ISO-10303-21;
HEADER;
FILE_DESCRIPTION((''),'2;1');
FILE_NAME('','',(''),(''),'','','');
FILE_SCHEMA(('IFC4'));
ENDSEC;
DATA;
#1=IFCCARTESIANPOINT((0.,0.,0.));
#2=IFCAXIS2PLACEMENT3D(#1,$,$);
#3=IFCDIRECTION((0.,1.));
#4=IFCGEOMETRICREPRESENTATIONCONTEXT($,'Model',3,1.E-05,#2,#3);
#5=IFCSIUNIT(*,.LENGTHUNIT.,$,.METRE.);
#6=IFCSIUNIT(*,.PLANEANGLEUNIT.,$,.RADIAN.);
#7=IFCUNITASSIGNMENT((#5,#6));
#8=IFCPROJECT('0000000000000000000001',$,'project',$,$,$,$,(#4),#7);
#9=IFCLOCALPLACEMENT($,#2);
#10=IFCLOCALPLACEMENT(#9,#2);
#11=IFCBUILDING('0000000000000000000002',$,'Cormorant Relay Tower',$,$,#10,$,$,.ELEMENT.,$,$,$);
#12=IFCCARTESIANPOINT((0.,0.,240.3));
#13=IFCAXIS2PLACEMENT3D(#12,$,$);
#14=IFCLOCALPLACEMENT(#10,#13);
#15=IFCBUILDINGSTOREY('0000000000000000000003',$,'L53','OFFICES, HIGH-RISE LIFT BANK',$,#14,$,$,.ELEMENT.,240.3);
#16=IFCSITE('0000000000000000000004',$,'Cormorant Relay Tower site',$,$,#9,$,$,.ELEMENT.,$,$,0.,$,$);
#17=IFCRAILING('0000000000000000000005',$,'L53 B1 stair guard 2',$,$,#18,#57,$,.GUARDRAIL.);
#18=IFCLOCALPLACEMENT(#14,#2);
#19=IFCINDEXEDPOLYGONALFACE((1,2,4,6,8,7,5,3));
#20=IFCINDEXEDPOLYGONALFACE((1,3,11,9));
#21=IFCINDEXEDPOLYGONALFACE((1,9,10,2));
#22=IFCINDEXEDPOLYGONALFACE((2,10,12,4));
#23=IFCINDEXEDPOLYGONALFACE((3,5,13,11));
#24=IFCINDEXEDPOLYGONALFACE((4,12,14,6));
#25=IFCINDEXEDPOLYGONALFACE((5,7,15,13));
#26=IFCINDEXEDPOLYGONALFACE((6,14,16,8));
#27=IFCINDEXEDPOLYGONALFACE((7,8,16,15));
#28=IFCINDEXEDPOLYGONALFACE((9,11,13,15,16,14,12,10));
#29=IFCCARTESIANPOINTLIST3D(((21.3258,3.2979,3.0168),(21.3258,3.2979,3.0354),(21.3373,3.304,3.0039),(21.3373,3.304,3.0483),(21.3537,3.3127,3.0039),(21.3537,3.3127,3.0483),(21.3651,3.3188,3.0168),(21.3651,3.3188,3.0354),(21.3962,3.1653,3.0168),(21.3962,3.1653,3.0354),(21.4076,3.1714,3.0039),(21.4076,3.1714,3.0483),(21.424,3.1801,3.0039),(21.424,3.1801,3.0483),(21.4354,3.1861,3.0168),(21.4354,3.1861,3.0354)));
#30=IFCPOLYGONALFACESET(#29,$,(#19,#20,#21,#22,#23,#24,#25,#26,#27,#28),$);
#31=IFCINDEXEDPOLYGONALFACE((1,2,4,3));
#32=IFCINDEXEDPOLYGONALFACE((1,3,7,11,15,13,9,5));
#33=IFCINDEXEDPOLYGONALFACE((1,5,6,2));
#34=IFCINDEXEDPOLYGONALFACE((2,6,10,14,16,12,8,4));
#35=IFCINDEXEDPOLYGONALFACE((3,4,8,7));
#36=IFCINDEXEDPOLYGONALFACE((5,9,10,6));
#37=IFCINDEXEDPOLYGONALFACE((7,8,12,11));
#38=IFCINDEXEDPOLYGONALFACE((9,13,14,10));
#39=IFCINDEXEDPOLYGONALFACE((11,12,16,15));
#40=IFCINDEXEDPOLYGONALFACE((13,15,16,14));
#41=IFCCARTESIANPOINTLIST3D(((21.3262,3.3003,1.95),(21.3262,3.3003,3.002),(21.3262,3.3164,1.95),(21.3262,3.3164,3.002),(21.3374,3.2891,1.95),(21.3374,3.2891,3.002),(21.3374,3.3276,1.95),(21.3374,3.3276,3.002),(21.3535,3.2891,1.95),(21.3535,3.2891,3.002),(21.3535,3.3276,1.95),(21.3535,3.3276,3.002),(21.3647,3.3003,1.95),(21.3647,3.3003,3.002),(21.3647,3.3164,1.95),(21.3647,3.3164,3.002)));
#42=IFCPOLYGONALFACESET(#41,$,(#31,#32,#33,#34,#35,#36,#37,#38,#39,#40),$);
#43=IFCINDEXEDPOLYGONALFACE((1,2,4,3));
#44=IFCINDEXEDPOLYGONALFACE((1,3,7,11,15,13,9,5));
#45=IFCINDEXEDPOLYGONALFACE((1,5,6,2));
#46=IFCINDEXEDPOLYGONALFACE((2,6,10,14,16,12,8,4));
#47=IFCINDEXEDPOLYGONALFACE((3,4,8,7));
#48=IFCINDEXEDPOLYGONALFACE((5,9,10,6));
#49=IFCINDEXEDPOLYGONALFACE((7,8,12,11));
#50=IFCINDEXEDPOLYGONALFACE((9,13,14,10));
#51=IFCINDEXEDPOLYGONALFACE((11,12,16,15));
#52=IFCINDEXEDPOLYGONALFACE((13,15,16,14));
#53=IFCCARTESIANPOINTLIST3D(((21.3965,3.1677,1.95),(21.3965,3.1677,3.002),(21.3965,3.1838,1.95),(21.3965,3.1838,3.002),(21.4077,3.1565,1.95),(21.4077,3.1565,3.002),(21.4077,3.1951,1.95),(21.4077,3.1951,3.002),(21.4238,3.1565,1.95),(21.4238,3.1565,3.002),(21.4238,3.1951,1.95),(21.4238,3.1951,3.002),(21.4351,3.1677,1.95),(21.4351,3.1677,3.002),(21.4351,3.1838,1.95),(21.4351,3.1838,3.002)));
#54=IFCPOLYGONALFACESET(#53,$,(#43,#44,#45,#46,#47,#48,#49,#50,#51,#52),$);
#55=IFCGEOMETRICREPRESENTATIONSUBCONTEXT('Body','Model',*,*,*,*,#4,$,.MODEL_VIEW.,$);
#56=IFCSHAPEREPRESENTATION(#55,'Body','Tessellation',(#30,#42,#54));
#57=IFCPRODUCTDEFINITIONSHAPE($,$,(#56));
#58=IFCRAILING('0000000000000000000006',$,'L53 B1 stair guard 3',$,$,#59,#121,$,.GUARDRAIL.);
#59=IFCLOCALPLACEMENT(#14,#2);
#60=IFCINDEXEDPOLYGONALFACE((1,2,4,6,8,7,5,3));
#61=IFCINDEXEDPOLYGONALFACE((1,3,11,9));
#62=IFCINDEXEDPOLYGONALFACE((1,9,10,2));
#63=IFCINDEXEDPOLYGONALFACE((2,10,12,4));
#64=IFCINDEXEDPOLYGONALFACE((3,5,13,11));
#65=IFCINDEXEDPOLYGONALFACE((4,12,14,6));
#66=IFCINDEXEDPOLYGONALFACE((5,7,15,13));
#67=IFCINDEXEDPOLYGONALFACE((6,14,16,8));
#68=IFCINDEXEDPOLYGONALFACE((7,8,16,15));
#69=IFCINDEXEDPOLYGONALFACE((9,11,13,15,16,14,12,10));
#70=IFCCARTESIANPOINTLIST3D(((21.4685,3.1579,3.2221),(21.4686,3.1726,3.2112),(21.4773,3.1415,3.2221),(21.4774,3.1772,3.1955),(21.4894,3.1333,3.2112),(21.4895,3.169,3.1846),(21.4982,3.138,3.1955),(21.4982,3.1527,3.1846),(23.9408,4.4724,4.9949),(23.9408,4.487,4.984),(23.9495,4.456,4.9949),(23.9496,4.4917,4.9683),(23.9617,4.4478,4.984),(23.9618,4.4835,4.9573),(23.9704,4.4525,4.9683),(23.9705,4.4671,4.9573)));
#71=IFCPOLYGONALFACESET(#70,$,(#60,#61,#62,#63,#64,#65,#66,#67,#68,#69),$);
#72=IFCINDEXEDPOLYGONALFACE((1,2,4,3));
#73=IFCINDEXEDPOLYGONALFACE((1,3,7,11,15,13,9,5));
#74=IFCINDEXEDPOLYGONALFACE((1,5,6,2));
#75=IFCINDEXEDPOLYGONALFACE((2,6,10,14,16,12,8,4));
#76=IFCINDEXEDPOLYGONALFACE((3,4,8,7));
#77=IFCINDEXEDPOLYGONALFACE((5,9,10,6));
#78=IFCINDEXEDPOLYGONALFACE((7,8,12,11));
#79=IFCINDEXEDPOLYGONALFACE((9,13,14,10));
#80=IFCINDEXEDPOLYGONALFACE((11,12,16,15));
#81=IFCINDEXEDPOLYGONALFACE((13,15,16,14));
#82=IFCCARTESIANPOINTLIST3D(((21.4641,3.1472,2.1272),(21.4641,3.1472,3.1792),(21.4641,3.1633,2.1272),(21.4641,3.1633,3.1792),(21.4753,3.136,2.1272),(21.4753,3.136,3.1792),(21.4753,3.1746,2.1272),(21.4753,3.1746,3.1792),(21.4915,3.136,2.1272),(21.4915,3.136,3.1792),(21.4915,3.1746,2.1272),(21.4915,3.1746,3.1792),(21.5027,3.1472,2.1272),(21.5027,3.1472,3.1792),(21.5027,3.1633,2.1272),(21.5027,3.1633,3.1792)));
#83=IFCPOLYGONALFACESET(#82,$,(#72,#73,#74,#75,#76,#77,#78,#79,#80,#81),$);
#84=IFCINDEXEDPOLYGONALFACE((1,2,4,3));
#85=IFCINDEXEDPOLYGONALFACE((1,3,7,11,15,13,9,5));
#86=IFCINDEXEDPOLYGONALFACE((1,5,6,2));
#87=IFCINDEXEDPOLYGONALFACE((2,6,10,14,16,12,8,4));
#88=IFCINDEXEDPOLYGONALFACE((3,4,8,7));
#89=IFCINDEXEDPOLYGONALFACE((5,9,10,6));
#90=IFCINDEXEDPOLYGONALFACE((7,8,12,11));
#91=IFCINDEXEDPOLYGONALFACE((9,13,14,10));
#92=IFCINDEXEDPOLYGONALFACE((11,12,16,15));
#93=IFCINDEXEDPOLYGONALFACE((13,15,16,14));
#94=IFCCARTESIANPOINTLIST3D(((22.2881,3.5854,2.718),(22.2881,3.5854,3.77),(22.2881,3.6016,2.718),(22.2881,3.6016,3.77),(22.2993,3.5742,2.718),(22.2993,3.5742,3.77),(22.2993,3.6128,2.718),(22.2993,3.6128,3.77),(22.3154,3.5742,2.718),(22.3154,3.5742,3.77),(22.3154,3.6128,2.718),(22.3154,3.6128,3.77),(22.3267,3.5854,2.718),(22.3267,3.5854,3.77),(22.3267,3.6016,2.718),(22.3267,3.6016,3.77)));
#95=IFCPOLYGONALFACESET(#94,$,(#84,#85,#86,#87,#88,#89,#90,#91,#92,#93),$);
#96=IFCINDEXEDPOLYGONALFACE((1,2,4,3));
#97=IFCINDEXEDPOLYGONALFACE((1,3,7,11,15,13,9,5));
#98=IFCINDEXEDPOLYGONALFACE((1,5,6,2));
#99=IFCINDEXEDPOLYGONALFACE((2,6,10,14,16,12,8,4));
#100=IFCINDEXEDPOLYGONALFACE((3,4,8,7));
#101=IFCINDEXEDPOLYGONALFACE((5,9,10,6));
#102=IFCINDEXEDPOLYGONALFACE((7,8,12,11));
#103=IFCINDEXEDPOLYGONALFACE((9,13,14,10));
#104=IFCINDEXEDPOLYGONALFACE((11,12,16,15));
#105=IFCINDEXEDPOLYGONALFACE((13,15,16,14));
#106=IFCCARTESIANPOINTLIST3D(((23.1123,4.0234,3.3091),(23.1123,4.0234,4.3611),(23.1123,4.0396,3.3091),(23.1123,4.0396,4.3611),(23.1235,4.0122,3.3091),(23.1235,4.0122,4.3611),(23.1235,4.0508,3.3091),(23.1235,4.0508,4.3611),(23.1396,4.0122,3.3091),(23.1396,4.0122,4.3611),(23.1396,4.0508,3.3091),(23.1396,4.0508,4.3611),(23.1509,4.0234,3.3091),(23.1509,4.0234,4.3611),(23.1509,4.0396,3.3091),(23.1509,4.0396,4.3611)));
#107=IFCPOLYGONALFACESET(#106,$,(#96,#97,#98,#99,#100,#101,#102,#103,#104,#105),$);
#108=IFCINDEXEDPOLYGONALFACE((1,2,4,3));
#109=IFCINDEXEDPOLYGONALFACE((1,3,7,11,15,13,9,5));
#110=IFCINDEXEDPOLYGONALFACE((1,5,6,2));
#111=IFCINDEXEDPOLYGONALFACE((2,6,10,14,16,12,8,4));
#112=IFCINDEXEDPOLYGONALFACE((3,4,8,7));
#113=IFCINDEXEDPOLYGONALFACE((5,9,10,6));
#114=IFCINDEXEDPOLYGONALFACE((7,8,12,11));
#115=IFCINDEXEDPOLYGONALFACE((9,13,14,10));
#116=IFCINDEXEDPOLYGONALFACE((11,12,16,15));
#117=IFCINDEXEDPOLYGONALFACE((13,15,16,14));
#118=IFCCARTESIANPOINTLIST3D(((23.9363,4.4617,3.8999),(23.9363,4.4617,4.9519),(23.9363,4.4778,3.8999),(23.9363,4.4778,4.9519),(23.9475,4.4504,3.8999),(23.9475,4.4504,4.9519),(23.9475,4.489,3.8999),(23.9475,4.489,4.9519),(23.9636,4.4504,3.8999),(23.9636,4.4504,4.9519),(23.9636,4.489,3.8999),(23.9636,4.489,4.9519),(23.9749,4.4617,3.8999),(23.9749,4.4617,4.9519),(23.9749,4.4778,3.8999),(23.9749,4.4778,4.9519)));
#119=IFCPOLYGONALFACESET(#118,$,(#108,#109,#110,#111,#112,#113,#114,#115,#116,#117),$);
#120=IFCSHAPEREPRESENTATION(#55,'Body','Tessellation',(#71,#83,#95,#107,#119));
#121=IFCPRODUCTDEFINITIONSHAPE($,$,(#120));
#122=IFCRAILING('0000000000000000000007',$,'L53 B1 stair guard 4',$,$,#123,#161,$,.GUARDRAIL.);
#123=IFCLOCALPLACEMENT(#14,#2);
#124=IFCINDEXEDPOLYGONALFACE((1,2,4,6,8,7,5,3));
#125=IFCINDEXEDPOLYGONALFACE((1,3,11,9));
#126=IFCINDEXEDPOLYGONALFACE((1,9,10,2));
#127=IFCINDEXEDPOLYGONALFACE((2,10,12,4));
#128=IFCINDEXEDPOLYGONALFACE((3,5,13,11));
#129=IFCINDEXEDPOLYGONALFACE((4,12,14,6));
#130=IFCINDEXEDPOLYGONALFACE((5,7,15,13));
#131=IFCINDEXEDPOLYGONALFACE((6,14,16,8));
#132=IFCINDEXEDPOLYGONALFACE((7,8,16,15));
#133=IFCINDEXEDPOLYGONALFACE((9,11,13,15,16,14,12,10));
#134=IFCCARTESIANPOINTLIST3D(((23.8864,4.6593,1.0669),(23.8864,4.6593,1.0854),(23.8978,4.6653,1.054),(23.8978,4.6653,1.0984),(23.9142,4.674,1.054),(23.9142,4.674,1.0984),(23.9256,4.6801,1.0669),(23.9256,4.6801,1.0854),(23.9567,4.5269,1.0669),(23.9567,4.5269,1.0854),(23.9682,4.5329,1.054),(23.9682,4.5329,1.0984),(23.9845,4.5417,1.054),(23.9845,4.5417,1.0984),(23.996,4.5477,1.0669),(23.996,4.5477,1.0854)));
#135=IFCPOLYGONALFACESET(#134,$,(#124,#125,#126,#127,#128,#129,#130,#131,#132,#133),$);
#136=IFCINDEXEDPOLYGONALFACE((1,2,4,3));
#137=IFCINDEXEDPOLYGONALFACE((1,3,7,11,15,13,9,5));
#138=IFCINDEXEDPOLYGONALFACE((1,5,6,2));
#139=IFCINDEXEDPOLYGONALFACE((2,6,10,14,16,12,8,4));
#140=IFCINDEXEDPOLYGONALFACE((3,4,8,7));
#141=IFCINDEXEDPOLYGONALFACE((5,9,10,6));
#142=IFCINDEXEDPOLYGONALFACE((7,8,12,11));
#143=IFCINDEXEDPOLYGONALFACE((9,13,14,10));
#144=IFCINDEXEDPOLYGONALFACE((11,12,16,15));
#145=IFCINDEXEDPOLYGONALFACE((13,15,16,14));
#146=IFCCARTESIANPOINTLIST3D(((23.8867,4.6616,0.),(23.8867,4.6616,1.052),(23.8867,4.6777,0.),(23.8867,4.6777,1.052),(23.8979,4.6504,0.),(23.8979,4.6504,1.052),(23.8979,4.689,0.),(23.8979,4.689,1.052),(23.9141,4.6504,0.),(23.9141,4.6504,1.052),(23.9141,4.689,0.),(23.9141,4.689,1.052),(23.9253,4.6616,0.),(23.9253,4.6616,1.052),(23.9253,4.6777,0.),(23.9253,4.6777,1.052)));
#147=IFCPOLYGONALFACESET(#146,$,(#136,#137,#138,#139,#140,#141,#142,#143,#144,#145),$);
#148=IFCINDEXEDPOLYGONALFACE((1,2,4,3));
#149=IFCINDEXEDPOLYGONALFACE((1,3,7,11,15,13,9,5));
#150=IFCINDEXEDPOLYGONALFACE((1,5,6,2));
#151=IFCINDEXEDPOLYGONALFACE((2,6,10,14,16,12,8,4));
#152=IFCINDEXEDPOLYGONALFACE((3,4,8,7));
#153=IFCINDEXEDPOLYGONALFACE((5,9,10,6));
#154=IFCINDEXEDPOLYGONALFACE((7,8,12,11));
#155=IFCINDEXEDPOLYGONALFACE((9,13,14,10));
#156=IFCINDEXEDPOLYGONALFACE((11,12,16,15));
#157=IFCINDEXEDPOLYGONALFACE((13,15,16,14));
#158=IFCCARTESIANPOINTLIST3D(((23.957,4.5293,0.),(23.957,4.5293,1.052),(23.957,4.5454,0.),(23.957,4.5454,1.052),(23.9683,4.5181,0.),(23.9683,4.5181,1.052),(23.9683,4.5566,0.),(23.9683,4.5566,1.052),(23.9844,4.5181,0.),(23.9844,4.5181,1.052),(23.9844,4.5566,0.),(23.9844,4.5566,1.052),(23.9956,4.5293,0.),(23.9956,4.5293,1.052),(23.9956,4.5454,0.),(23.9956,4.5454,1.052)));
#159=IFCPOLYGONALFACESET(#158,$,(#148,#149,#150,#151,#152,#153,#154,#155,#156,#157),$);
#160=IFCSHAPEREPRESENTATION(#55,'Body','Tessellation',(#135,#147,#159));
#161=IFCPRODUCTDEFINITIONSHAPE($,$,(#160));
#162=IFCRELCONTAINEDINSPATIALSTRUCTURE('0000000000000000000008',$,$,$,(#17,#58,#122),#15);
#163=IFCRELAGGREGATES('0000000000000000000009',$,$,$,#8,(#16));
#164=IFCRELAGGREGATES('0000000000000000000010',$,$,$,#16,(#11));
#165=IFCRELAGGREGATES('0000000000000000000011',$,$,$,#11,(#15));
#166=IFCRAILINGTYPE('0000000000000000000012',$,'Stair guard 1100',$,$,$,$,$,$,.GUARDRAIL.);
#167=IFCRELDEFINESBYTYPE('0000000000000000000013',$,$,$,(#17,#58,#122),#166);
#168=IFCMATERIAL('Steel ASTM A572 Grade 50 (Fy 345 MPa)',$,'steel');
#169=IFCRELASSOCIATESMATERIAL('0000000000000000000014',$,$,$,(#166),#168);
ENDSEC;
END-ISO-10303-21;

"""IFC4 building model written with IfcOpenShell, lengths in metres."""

from ifc_helpers import new_model, si_unit, direction, frame, origin, place, context, subcontext, project, spatial, polyline, outline, extrude, material, type_object, element, save


model = new_model("IFC4")

# Units and contexts
model_context = context("Model", 3, precision=1e-05, world=origin(), true_north=direction((0.0, 1.0)))
body_context = subcontext(model_context, "Body", "Model", "MODEL_VIEW")
ifc_project = project(units=[si_unit("LENGTHUNIT", "METRE"), si_unit("PLANEANGLEUNIT", "RADIAN")], contexts=[model_context])

# Site, building, storey
site_placement = place(None, origin())
site = spatial("IfcSite", under=ifc_project, at=site_placement, Name="Cormorant Relay Tower site", CompositionType="ELEMENT", RefElevation=0.0)
building_placement = place(site_placement, origin())
building = spatial("IfcBuilding", under=site, at=building_placement, Name="Cormorant Relay Tower", CompositionType="ELEMENT")
storey_placement = place(building_placement, frame((0.0, 0.0, 240.3)))
storey = spatial("IfcBuildingStorey", under=building, at=storey_placement, Name="L53", Description="OFFICES, HIGH-RISE LIFT BANK", CompositionType="ELEMENT", Elevation=240.3)

# Railings
ifc_material_1 = material(Name="Steel ASTM A572 Grade 50 (Fy 345 MPa)", Category="steel")
railing_type_1 = type_object("IfcRailingType", Name="Stair guard 1100", PredefinedType="GUARDRAIL", material=ifc_material_1)
railing_1_placement = place(storey_placement, frame((21.3455, 3.3083, 1.95)))
element("IfcRailing", 1, at=railing_1_placement, inside=storey, type_object=railing_type_1, Name="L53 B1 stair guard 2", PredefinedType="GUARDRAIL", context=body_context, shape_type="SweptSolid", body=[
    extrude(outline(polyline([(0.0222, 0.0093), (0.0093, 0.0222), (-0.0093, 0.0222), (-0.0222, 0.0093), (-0.0222, -0.0093), (-0.0093, -0.0222), (0.0093, -0.0222), (0.0222, -0.0093), (0.0222, 0.0093)])), frame((0.0, 0.0, 1.0762), z_axis=(0.46856, -0.883431, 0.0), x_axis=(0.883431, 0.46856, 0.0)), (0.0, 0.0, 1.0), 0.1501),
    extrude(outline(polyline([(0.0193, 0.0081), (0.0081, 0.0193), (-0.0081, 0.0193), (-0.0193, 0.0081), (-0.0193, -0.0081), (-0.0081, -0.0193), (0.0081, -0.0193), (0.0193, -0.0081), (0.0193, 0.0081)])), origin(), (0.0, 0.0, 1.0), 1.052),
    extrude(outline(polyline([(0.0193, 0.0081), (0.0081, 0.0193), (-0.0081, 0.0193), (-0.0193, 0.0081), (-0.0193, -0.0081), (-0.0081, -0.0193), (0.0081, -0.0193), (0.0193, -0.0081), (0.0193, 0.0081)])), frame((0.0703, -0.1326, 0.0)), (0.0, 0.0, 1.0), 1.052),
])
railing_2_placement = place(storey_placement, frame((21.4834, 3.1553, 2.1272)))
element("IfcRailing", 2, at=railing_2_placement, inside=storey, type_object=railing_type_1, Name="L53 B1 stair guard 3", PredefinedType="GUARDRAIL", context=body_context, shape_type="SweptSolid", body=[
    extrude(outline(polyline([(0.0222, 0.0093), (0.0093, 0.0222), (-0.0093, 0.0222), (-0.0222, 0.0093), (-0.0222, -0.0093), (-0.0093, -0.0222), (0.0093, -0.0222), (0.0222, -0.0093), (0.0222, 0.0093)])), frame((0.0, 0.0, 1.0762), z_axis=(0.746001, 0.396649, 0.534931), x_axis=(-0.469465, 0.882951, 0.0)), (0.0, 0.0, 1.0), 3.314),
    extrude(outline(polyline([(0.0193, 0.0081), (0.0081, 0.0193), (-0.0081, 0.0193), (-0.0193, 0.0081), (-0.0193, -0.0081), (-0.0081, -0.0193), (0.0081, -0.0193), (0.0193, -0.0081), (0.0193, 0.0081)])), origin(), (0.0, 0.0, 1.0), 1.052),
    extrude(outline(polyline([(0.0193, 0.0081), (0.0081, 0.0193), (-0.0081, 0.0193), (-0.0193, 0.0081), (-0.0193, -0.0081), (-0.0081, -0.0193), (0.0081, -0.0193), (0.0193, -0.0081), (0.0193, 0.0081)])), frame((0.824, 0.4382, 0.5908)), (0.0, 0.0, 1.0), 1.052),
    extrude(outline(polyline([(0.0193, 0.0081), (0.0081, 0.0193), (-0.0081, 0.0193), (-0.0193, 0.0081), (-0.0193, -0.0081), (-0.0081, -0.0193), (0.0081, -0.0193), (0.0193, -0.0081), (0.0193, 0.0081)])), frame((1.6482, 0.8762, 1.1819)), (0.0, 0.0, 1.0), 1.052),
    extrude(outline(polyline([(0.0193, 0.0081), (0.0081, 0.0193), (-0.0081, 0.0193), (-0.0193, 0.0081), (-0.0193, -0.0081), (-0.0081, -0.0193), (0.0081, -0.0193), (0.0193, -0.0081), (0.0193, 0.0081)])), frame((2.4722, 1.3145, 1.7727)), (0.0, 0.0, 1.0), 1.052),
])
railing_3_placement = place(storey_placement, frame((23.906, 4.6697, 0.0)))
element("IfcRailing", 3, at=railing_3_placement, inside=storey, type_object=railing_type_1, Name="L53 B1 stair guard 4", PredefinedType="GUARDRAIL", context=body_context, shape_type="SweptSolid", body=[
    extrude(outline(polyline([(0.0222, 0.0093), (0.0093, 0.0222), (-0.0093, 0.0222), (-0.0222, 0.0093), (-0.0222, -0.0093), (-0.0093, -0.0222), (0.0093, -0.0222), (0.0222, -0.0093), (0.0222, 0.0093)])), frame((0.0, 0.0, 1.0762), z_axis=(0.469235, -0.883074, 0.0), x_axis=(0.883074, 0.469235, 0.0)), (0.0, 0.0, 1.0), 0.1499),
    extrude(outline(polyline([(0.0193, 0.0081), (0.0081, 0.0193), (-0.0081, 0.0193), (-0.0193, 0.0081), (-0.0193, -0.0081), (-0.0081, -0.0193), (0.0081, -0.0193), (0.0193, -0.0081), (0.0193, 0.0081)])), origin(), (0.0, 0.0, 1.0), 1.052),
    extrude(outline(polyline([(0.0193, 0.0081), (0.0081, 0.0193), (-0.0081, 0.0193), (-0.0193, 0.0081), (-0.0193, -0.0081), (-0.0081, -0.0193), (0.0081, -0.0193), (0.0193, -0.0081), (0.0193, 0.0081)])), frame((0.0703, -0.1323, 0.0)), (0.0, 0.0, 1.0), 1.052),
])

save(model, "model.ifc")
